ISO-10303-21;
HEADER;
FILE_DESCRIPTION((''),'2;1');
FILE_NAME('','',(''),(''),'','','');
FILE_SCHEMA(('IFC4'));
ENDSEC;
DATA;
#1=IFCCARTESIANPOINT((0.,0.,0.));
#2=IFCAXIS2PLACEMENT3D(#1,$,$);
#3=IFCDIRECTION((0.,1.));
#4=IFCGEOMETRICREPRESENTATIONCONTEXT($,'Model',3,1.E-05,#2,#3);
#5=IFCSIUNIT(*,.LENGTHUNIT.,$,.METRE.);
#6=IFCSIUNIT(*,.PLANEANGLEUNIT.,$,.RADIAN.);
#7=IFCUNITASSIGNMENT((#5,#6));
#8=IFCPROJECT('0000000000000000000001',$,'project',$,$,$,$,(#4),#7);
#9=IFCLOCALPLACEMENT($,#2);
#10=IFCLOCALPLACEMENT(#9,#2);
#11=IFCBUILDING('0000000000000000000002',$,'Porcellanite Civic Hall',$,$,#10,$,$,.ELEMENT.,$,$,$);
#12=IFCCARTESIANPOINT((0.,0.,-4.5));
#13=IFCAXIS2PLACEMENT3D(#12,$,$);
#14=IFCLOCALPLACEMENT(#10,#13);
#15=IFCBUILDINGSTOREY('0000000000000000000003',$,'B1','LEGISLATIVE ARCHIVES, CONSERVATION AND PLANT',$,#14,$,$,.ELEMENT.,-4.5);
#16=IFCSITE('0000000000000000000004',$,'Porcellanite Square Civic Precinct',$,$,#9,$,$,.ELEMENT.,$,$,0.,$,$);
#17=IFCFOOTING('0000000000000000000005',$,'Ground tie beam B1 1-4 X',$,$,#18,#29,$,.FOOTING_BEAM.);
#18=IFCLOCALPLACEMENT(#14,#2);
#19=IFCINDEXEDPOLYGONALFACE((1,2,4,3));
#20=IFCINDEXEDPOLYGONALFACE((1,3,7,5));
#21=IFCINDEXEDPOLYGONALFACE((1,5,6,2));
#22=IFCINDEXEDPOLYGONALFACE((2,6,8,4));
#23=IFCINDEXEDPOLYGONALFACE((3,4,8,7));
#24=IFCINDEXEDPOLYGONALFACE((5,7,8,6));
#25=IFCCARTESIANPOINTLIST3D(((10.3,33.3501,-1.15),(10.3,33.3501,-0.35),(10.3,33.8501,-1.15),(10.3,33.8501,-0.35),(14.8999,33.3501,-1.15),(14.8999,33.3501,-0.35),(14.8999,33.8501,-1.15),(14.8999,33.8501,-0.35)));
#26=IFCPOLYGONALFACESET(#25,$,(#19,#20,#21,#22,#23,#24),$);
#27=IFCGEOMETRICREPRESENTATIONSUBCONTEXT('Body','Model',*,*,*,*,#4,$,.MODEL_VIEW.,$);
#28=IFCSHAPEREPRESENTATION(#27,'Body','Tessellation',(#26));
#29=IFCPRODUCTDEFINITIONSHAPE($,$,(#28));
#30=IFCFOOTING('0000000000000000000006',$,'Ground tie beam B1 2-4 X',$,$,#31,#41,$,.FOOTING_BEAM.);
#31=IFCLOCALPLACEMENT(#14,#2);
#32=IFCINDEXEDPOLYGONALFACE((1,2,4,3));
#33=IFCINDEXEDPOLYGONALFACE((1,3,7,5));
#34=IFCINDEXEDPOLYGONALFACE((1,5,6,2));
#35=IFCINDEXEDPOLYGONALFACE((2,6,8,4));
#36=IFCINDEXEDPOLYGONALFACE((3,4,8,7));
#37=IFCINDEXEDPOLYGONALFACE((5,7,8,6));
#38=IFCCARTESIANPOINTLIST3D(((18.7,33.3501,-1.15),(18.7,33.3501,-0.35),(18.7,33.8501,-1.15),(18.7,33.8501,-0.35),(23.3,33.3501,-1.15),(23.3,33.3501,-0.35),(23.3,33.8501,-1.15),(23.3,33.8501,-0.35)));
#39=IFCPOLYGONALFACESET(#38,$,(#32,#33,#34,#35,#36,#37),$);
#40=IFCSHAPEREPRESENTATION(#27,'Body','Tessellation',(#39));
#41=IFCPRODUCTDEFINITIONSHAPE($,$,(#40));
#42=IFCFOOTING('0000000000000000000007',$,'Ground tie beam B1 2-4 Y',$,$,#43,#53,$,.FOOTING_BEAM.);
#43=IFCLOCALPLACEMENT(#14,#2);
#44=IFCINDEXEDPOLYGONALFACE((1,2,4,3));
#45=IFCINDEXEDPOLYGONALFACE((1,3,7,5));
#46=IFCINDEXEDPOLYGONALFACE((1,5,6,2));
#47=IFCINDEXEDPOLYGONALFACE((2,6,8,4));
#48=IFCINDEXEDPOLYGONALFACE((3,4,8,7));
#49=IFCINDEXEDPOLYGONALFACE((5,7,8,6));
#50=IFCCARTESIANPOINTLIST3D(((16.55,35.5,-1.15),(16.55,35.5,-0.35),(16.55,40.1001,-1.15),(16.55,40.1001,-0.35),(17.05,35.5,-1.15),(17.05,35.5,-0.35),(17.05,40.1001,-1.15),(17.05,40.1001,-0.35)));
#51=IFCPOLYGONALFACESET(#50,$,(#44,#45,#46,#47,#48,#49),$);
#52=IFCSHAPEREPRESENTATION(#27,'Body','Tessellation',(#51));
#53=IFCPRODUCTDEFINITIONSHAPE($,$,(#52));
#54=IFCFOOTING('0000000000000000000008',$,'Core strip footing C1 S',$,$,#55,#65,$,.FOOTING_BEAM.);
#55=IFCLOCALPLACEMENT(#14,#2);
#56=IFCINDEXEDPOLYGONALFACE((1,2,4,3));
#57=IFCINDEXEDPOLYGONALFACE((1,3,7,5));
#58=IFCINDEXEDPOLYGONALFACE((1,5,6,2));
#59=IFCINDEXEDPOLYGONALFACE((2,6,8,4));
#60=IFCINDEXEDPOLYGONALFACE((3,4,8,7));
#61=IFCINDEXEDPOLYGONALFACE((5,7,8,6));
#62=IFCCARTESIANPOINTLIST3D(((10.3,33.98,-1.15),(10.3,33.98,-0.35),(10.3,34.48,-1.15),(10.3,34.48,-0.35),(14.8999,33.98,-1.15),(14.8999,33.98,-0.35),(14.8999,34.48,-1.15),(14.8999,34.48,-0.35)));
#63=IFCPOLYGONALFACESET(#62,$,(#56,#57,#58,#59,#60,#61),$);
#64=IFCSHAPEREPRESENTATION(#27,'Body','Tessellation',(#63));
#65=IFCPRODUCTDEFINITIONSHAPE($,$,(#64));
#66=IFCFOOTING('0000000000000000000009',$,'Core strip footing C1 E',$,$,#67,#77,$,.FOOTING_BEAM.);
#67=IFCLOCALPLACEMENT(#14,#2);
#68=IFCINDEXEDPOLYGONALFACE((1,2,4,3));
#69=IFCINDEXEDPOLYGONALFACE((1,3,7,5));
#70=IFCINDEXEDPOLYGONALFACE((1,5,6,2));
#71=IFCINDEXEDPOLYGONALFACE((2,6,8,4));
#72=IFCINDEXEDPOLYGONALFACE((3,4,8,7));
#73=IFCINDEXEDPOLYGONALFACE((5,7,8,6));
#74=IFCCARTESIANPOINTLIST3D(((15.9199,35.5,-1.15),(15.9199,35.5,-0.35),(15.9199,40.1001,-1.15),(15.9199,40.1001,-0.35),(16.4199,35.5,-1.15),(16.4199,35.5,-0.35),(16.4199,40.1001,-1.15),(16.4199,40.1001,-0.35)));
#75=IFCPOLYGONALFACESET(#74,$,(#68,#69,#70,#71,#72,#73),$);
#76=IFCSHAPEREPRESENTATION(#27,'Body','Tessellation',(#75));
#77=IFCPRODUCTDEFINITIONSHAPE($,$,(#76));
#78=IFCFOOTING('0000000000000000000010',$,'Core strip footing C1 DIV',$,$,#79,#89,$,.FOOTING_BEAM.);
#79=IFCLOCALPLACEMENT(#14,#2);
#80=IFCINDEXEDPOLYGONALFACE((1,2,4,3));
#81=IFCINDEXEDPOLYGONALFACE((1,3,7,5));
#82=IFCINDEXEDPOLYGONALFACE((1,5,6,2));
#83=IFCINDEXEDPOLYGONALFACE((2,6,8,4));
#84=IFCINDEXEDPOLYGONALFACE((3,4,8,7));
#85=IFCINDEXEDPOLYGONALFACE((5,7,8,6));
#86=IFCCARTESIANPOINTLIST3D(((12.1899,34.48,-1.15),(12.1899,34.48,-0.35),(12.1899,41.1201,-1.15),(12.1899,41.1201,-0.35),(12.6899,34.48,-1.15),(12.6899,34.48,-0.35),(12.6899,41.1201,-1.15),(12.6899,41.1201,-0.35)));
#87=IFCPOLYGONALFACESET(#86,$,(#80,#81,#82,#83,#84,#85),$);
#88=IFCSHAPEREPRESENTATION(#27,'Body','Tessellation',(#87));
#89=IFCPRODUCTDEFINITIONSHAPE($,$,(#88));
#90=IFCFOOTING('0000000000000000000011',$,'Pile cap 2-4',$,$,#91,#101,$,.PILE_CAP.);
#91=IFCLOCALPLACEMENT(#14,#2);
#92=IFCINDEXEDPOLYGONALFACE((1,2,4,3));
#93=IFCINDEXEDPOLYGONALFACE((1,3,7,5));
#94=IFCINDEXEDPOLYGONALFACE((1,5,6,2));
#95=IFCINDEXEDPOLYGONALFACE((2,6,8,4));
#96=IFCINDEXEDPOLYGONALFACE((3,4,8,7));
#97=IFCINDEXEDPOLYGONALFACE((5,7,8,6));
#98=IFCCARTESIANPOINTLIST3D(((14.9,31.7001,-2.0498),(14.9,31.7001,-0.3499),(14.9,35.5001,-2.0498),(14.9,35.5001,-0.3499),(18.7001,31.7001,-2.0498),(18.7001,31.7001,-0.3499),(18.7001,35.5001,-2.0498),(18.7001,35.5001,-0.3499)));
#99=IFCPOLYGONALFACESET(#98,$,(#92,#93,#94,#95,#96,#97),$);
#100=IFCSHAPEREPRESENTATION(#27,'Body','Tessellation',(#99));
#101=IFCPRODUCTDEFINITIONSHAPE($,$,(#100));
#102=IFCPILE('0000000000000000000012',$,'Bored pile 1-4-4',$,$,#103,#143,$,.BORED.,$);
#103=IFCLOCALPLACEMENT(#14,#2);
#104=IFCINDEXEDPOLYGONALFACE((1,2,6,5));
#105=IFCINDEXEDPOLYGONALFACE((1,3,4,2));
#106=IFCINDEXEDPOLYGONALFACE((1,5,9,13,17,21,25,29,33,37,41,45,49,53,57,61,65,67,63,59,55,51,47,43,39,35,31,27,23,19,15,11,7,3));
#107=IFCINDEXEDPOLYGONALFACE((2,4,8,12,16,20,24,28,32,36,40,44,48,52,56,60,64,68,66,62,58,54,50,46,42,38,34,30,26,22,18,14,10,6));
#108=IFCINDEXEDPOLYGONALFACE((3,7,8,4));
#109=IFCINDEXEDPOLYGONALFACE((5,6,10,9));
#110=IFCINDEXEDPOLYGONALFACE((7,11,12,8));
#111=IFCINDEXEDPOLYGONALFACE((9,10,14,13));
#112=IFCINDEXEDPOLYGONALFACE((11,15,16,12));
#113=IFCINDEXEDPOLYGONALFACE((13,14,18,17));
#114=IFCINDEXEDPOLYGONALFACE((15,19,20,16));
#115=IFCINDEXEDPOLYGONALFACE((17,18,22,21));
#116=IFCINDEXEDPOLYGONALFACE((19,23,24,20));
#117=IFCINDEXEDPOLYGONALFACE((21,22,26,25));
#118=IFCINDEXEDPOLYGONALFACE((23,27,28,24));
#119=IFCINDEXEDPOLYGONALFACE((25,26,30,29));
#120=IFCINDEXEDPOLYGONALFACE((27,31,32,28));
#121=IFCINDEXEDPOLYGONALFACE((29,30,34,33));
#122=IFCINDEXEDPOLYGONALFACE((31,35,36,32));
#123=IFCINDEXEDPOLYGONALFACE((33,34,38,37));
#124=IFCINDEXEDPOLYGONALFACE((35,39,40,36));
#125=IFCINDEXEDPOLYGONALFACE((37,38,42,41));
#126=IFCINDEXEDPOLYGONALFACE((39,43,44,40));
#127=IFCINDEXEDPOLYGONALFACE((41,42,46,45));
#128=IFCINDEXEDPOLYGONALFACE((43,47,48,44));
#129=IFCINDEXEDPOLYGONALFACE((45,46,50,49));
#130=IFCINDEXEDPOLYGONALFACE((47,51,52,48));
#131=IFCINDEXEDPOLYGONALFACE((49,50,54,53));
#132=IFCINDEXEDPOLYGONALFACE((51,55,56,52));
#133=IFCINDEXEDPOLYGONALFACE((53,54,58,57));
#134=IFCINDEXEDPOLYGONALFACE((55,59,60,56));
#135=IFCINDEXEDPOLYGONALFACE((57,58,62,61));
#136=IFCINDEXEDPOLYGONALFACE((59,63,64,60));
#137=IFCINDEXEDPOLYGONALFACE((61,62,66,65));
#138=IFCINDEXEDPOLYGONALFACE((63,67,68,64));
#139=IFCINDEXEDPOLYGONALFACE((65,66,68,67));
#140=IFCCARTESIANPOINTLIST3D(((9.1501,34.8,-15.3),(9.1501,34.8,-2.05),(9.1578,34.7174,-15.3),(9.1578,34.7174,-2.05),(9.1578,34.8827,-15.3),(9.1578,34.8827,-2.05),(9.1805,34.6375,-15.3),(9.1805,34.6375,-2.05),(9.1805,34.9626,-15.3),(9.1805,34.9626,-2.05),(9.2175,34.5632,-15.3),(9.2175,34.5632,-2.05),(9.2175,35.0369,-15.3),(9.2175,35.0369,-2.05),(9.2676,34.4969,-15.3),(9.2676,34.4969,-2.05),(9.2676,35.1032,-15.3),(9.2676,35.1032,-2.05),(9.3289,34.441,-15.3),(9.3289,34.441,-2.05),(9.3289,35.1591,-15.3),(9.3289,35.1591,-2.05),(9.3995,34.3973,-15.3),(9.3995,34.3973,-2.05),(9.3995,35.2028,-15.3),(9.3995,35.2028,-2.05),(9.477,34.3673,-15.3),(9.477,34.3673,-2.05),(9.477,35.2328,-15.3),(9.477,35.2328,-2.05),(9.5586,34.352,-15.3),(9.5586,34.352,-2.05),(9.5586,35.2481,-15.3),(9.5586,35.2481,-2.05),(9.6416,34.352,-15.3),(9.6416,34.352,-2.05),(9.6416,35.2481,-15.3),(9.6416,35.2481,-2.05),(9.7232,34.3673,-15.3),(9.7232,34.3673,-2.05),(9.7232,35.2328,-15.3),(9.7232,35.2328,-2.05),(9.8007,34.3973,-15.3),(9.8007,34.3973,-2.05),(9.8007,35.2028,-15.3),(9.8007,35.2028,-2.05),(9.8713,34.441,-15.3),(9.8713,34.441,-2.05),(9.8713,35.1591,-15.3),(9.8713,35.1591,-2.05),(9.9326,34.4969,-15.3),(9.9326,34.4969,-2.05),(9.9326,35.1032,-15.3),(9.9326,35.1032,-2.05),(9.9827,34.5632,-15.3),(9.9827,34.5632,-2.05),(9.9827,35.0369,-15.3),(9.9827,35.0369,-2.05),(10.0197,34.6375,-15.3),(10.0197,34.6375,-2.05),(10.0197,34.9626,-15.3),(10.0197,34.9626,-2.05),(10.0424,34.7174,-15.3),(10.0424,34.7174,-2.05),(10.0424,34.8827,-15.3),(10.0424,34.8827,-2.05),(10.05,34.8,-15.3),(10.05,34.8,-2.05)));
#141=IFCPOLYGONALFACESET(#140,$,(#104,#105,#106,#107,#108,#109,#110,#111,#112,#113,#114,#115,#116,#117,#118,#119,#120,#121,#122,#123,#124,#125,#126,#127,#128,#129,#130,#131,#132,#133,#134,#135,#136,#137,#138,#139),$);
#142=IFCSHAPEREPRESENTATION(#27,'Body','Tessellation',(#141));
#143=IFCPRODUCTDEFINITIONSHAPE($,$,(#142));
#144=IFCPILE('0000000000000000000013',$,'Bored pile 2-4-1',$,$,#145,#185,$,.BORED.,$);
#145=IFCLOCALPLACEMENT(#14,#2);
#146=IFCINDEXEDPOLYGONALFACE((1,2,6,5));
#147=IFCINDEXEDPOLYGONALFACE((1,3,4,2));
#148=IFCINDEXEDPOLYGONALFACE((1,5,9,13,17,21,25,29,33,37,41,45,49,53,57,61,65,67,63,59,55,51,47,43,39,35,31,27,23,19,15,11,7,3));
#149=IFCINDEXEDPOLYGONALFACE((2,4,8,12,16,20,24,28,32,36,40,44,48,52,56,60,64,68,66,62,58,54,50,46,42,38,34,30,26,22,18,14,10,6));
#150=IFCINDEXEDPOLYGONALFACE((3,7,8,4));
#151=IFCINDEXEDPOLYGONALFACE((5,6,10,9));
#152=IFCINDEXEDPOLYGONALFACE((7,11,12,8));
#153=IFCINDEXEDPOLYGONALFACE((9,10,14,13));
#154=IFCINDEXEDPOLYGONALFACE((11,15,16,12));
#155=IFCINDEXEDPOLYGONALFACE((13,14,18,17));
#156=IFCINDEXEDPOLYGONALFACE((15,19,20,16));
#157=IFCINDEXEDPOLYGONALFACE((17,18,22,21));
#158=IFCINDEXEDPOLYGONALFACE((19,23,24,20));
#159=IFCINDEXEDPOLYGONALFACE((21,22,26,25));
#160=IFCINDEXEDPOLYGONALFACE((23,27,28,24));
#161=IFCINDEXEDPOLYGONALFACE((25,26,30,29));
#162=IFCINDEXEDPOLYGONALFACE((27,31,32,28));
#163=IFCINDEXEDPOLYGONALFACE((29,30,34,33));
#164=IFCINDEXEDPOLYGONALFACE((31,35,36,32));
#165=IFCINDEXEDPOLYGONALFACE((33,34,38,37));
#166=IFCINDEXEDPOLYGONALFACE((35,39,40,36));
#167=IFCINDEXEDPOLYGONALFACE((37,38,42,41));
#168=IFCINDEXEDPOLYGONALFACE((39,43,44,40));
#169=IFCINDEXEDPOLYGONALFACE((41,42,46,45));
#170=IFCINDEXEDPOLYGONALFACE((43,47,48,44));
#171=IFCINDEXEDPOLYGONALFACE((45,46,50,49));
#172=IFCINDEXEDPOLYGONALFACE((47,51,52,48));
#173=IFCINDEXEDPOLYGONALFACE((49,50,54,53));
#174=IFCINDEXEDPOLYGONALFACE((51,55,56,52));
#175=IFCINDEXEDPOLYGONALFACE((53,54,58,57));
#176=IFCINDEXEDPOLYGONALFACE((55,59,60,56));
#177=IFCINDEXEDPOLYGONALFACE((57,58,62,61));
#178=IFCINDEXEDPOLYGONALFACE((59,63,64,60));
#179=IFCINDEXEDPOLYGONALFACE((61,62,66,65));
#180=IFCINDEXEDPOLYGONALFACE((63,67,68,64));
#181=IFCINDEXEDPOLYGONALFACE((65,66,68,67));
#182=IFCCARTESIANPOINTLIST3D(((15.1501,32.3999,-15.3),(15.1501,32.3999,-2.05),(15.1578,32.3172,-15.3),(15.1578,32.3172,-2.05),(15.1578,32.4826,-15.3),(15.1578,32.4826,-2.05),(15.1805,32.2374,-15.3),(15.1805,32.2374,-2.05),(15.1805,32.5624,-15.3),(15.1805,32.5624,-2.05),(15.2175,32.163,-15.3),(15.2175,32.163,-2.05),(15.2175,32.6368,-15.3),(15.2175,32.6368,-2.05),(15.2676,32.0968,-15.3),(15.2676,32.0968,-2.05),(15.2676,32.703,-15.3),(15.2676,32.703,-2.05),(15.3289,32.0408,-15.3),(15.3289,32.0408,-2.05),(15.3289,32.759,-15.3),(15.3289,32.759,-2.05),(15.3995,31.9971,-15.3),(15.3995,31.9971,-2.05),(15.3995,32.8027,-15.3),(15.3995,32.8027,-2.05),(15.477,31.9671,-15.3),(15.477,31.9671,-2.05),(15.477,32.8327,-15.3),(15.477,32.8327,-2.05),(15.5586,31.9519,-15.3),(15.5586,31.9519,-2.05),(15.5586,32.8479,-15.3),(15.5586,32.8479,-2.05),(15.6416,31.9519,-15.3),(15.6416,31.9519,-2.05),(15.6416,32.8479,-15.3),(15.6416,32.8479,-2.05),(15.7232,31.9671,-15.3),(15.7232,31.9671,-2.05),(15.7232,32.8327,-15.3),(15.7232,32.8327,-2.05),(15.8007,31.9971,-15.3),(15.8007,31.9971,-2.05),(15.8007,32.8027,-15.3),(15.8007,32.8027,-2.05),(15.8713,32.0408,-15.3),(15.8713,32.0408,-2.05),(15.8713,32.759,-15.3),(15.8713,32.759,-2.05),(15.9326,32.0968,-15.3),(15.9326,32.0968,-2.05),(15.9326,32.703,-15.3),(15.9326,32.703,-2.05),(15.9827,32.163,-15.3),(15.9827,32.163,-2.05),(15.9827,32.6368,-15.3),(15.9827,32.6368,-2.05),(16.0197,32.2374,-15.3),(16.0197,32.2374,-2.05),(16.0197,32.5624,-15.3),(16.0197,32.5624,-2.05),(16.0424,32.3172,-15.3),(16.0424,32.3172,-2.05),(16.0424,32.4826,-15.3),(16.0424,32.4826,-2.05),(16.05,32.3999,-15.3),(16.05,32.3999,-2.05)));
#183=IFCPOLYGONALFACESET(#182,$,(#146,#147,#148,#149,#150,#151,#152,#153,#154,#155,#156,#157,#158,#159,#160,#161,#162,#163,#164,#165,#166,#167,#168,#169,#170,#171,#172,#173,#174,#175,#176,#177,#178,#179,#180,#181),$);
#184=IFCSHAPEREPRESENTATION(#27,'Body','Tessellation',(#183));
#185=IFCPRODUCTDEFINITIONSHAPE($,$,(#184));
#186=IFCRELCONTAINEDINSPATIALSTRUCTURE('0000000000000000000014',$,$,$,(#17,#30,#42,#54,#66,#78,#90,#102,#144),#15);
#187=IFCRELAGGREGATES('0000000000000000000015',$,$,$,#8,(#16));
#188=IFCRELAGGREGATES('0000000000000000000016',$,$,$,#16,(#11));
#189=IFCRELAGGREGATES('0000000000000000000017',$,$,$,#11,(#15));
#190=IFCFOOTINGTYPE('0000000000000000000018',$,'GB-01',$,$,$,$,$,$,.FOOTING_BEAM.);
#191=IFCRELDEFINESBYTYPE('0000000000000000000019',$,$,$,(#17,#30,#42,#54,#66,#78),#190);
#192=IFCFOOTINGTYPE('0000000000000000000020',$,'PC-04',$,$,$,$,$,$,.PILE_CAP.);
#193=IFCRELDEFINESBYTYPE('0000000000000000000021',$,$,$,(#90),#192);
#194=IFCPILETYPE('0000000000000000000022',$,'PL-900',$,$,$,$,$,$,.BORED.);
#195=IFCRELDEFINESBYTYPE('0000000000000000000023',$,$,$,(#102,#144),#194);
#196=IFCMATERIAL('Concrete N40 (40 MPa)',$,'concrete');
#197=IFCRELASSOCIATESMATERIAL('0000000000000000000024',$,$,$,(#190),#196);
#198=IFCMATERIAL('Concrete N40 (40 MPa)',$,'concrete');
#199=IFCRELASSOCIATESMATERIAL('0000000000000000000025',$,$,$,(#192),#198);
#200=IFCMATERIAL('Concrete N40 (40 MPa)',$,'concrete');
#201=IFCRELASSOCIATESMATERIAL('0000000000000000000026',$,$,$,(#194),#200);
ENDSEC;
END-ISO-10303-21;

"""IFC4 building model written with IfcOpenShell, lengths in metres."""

from ifc_helpers import new_model, si_unit, direction, frame, origin, origin_2d, place, context, subcontext, project, spatial, rectangle, circle, extrude, material, material_profile, profile_set, type_object, element, save


model = new_model("IFC4")

# Units and contexts
model_context = context("Model", 3, precision=1e-05, world=origin(), true_north=direction((0.0, 1.0)))
body_context = subcontext(model_context, "Body", "Model", "MODEL_VIEW")
ifc_project = project(units=[si_unit("LENGTHUNIT", "METRE"), si_unit("PLANEANGLEUNIT", "RADIAN")], contexts=[model_context])

# Site, building, storey
site_placement = place(None, origin())
site = spatial("IfcSite", under=ifc_project, at=site_placement, Name="Porcellanite Square Civic Precinct", CompositionType="ELEMENT", RefElevation=0.0)
building_placement = place(site_placement, origin())
building = spatial("IfcBuilding", under=site, at=building_placement, Name="Porcellanite Civic Hall", CompositionType="ELEMENT")
storey_placement = place(building_placement, frame((0.0, 0.0, -4.5)))
storey = spatial("IfcBuildingStorey", under=building, at=storey_placement, Name="B1", Description="LEGISLATIVE ARCHIVES, CONSERVATION AND PLANT", CompositionType="ELEMENT", Elevation=-4.5)

# Footings
ifc_material_1 = material(Name="Concrete N40 (40 MPa)", Category="concrete")
ifc_material_profile_1 = material_profile(ifc_material_1, rectangle(XDim=0.5, YDim=0.8, at=origin_2d()), Name="RC-500x800")
ifc_profile_set_1 = profile_set([ifc_material_profile_1], Name="Concrete N40 (40 MPa)")
footing_type_1 = type_object("IfcFootingType", Name="GB-01", PredefinedType="FOOTING_BEAM", material=ifc_profile_set_1)
footing_1_placement = place(storey_placement, frame((10.3, 33.6001, -0.75), z_axis=(1.0, 0.0, 0.0), x_axis=(0.0, 1.0, 0.0)))
element("IfcFooting", 1, at=footing_1_placement, inside=storey, type_object=footing_type_1, Name="Ground tie beam B1 1-4 X", PredefinedType="FOOTING_BEAM", context=body_context, shape_type="SweptSolid", body=[
    extrude(rectangle(XDim=0.5, YDim=0.8, at=origin_2d()), origin(), (0.0, 0.0, 1.0), 4.5999),
])
for number, where, z_axis, x_axis, name in (
    (2, (18.7, 33.6001, -0.75), (1.0, 0.0, 0.0), (0.0, 1.0, 0.0), "Ground tie beam B1 2-4 X"),
    (3, (16.8, 35.5, -0.75), (0.0, 1.0, 0.0), (-1.0, 0.0, 0.0), "Ground tie beam B1 2-4 Y"),
):
    element("IfcFooting", number, at=place(storey_placement, frame(where, z_axis=z_axis, x_axis=x_axis)), inside=storey, type_object=footing_type_1, Name=name, PredefinedType="FOOTING_BEAM", context=body_context, shape_type="SweptSolid", body=[
        extrude(rectangle(XDim=0.5, YDim=0.8, at=origin_2d()), origin(), (0.0, 0.0, 1.0), 4.6001),
    ])
footing_2_placement = place(storey_placement, frame((10.3, 34.23, -0.75), z_axis=(1.0, 0.0, 0.0), x_axis=(0.0, 1.0, 0.0)))
element("IfcFooting", 4, at=footing_2_placement, inside=storey, type_object=footing_type_1, Name="Core strip footing C1 S", PredefinedType="FOOTING_BEAM", context=body_context, shape_type="SweptSolid", body=[
    extrude(rectangle(XDim=0.5, YDim=0.8, at=origin_2d()), origin(), (0.0, 0.0, 1.0), 4.5999),
])
footing_3_placement = place(storey_placement, frame((16.1699, 35.5, -0.75), z_axis=(0.0, 1.0, 0.0), x_axis=(-1.0, 0.0, 0.0)))
element("IfcFooting", 5, at=footing_3_placement, inside=storey, type_object=footing_type_1, Name="Core strip footing C1 E", PredefinedType="FOOTING_BEAM", context=body_context, shape_type="SweptSolid", body=[
    extrude(rectangle(XDim=0.5, YDim=0.8, at=origin_2d()), origin(), (0.0, 0.0, 1.0), 4.6001),
])
footing_4_placement = place(storey_placement, frame((12.4399, 34.48, -0.75), z_axis=(0.0, 1.0, 0.0), x_axis=(-1.0, 0.0, 0.0)))
element("IfcFooting", 6, at=footing_4_placement, inside=storey, type_object=footing_type_1, Name="Core strip footing C1 DIV", PredefinedType="FOOTING_BEAM", context=body_context, shape_type="SweptSolid", body=[
    extrude(rectangle(XDim=0.5, YDim=0.8, at=origin_2d()), origin(), (0.0, 0.0, 1.0), 6.6401),
])
ifc_material_2 = material(Name="Concrete N40 (40 MPa)", Category="concrete")
footing_type_2 = type_object("IfcFootingType", Name="PC-04", PredefinedType="PILE_CAP", material=ifc_material_2)
footing_5_placement = place(storey_placement, frame((16.8, 33.6001, -2.0498), z_axis=(0.0, 0.0, 1.0), x_axis=(1.0, 0.0, 0.0)))
element("IfcFooting", 7, at=footing_5_placement, inside=storey, type_object=footing_type_2, Name="Pile cap 2-4", PredefinedType="PILE_CAP", context=body_context, shape_type="SweptSolid", body=[
    extrude(rectangle(XDim=3.8, YDim=3.8, at=origin_2d()), origin(), (0.0, 0.0, 1.0), 1.7),
])

# Piles
ifc_material_3 = material(Name="Concrete N40 (40 MPa)", Category="concrete")
ifc_material_profile_2 = material_profile(ifc_material_3, circle(Radius=0.45, at=origin_2d()), Name="PILE-D900")
ifc_profile_set_2 = profile_set([ifc_material_profile_2], Name="Concrete N40 (40 MPa)")
pile_type = type_object("IfcPileType", Name="PL-900", PredefinedType="BORED", material=ifc_profile_set_2)
for number, where, z_axis, x_axis, name in (
    (8, (9.6001, 34.8, -2.05), (0.0, 0.0, -1.0), (1.0, 0.0, 0.0), "Bored pile 1-4-4"),
    (9, (15.6001, 32.3999, -2.05), (0.0, 0.0, -1.0), (1.0, 0.0, 0.0), "Bored pile 2-4-1"),
):
    element("IfcPile", number, at=place(storey_placement, frame(where, z_axis=z_axis, x_axis=x_axis)), inside=storey, type_object=pile_type, Name=name, PredefinedType="BORED", context=body_context, shape_type="SweptSolid", body=[
        extrude(circle(Radius=0.45, at=origin_2d()), origin(), (0.0, 0.0, 1.0), 13.25),
    ])

save(model, "model.ifc")
